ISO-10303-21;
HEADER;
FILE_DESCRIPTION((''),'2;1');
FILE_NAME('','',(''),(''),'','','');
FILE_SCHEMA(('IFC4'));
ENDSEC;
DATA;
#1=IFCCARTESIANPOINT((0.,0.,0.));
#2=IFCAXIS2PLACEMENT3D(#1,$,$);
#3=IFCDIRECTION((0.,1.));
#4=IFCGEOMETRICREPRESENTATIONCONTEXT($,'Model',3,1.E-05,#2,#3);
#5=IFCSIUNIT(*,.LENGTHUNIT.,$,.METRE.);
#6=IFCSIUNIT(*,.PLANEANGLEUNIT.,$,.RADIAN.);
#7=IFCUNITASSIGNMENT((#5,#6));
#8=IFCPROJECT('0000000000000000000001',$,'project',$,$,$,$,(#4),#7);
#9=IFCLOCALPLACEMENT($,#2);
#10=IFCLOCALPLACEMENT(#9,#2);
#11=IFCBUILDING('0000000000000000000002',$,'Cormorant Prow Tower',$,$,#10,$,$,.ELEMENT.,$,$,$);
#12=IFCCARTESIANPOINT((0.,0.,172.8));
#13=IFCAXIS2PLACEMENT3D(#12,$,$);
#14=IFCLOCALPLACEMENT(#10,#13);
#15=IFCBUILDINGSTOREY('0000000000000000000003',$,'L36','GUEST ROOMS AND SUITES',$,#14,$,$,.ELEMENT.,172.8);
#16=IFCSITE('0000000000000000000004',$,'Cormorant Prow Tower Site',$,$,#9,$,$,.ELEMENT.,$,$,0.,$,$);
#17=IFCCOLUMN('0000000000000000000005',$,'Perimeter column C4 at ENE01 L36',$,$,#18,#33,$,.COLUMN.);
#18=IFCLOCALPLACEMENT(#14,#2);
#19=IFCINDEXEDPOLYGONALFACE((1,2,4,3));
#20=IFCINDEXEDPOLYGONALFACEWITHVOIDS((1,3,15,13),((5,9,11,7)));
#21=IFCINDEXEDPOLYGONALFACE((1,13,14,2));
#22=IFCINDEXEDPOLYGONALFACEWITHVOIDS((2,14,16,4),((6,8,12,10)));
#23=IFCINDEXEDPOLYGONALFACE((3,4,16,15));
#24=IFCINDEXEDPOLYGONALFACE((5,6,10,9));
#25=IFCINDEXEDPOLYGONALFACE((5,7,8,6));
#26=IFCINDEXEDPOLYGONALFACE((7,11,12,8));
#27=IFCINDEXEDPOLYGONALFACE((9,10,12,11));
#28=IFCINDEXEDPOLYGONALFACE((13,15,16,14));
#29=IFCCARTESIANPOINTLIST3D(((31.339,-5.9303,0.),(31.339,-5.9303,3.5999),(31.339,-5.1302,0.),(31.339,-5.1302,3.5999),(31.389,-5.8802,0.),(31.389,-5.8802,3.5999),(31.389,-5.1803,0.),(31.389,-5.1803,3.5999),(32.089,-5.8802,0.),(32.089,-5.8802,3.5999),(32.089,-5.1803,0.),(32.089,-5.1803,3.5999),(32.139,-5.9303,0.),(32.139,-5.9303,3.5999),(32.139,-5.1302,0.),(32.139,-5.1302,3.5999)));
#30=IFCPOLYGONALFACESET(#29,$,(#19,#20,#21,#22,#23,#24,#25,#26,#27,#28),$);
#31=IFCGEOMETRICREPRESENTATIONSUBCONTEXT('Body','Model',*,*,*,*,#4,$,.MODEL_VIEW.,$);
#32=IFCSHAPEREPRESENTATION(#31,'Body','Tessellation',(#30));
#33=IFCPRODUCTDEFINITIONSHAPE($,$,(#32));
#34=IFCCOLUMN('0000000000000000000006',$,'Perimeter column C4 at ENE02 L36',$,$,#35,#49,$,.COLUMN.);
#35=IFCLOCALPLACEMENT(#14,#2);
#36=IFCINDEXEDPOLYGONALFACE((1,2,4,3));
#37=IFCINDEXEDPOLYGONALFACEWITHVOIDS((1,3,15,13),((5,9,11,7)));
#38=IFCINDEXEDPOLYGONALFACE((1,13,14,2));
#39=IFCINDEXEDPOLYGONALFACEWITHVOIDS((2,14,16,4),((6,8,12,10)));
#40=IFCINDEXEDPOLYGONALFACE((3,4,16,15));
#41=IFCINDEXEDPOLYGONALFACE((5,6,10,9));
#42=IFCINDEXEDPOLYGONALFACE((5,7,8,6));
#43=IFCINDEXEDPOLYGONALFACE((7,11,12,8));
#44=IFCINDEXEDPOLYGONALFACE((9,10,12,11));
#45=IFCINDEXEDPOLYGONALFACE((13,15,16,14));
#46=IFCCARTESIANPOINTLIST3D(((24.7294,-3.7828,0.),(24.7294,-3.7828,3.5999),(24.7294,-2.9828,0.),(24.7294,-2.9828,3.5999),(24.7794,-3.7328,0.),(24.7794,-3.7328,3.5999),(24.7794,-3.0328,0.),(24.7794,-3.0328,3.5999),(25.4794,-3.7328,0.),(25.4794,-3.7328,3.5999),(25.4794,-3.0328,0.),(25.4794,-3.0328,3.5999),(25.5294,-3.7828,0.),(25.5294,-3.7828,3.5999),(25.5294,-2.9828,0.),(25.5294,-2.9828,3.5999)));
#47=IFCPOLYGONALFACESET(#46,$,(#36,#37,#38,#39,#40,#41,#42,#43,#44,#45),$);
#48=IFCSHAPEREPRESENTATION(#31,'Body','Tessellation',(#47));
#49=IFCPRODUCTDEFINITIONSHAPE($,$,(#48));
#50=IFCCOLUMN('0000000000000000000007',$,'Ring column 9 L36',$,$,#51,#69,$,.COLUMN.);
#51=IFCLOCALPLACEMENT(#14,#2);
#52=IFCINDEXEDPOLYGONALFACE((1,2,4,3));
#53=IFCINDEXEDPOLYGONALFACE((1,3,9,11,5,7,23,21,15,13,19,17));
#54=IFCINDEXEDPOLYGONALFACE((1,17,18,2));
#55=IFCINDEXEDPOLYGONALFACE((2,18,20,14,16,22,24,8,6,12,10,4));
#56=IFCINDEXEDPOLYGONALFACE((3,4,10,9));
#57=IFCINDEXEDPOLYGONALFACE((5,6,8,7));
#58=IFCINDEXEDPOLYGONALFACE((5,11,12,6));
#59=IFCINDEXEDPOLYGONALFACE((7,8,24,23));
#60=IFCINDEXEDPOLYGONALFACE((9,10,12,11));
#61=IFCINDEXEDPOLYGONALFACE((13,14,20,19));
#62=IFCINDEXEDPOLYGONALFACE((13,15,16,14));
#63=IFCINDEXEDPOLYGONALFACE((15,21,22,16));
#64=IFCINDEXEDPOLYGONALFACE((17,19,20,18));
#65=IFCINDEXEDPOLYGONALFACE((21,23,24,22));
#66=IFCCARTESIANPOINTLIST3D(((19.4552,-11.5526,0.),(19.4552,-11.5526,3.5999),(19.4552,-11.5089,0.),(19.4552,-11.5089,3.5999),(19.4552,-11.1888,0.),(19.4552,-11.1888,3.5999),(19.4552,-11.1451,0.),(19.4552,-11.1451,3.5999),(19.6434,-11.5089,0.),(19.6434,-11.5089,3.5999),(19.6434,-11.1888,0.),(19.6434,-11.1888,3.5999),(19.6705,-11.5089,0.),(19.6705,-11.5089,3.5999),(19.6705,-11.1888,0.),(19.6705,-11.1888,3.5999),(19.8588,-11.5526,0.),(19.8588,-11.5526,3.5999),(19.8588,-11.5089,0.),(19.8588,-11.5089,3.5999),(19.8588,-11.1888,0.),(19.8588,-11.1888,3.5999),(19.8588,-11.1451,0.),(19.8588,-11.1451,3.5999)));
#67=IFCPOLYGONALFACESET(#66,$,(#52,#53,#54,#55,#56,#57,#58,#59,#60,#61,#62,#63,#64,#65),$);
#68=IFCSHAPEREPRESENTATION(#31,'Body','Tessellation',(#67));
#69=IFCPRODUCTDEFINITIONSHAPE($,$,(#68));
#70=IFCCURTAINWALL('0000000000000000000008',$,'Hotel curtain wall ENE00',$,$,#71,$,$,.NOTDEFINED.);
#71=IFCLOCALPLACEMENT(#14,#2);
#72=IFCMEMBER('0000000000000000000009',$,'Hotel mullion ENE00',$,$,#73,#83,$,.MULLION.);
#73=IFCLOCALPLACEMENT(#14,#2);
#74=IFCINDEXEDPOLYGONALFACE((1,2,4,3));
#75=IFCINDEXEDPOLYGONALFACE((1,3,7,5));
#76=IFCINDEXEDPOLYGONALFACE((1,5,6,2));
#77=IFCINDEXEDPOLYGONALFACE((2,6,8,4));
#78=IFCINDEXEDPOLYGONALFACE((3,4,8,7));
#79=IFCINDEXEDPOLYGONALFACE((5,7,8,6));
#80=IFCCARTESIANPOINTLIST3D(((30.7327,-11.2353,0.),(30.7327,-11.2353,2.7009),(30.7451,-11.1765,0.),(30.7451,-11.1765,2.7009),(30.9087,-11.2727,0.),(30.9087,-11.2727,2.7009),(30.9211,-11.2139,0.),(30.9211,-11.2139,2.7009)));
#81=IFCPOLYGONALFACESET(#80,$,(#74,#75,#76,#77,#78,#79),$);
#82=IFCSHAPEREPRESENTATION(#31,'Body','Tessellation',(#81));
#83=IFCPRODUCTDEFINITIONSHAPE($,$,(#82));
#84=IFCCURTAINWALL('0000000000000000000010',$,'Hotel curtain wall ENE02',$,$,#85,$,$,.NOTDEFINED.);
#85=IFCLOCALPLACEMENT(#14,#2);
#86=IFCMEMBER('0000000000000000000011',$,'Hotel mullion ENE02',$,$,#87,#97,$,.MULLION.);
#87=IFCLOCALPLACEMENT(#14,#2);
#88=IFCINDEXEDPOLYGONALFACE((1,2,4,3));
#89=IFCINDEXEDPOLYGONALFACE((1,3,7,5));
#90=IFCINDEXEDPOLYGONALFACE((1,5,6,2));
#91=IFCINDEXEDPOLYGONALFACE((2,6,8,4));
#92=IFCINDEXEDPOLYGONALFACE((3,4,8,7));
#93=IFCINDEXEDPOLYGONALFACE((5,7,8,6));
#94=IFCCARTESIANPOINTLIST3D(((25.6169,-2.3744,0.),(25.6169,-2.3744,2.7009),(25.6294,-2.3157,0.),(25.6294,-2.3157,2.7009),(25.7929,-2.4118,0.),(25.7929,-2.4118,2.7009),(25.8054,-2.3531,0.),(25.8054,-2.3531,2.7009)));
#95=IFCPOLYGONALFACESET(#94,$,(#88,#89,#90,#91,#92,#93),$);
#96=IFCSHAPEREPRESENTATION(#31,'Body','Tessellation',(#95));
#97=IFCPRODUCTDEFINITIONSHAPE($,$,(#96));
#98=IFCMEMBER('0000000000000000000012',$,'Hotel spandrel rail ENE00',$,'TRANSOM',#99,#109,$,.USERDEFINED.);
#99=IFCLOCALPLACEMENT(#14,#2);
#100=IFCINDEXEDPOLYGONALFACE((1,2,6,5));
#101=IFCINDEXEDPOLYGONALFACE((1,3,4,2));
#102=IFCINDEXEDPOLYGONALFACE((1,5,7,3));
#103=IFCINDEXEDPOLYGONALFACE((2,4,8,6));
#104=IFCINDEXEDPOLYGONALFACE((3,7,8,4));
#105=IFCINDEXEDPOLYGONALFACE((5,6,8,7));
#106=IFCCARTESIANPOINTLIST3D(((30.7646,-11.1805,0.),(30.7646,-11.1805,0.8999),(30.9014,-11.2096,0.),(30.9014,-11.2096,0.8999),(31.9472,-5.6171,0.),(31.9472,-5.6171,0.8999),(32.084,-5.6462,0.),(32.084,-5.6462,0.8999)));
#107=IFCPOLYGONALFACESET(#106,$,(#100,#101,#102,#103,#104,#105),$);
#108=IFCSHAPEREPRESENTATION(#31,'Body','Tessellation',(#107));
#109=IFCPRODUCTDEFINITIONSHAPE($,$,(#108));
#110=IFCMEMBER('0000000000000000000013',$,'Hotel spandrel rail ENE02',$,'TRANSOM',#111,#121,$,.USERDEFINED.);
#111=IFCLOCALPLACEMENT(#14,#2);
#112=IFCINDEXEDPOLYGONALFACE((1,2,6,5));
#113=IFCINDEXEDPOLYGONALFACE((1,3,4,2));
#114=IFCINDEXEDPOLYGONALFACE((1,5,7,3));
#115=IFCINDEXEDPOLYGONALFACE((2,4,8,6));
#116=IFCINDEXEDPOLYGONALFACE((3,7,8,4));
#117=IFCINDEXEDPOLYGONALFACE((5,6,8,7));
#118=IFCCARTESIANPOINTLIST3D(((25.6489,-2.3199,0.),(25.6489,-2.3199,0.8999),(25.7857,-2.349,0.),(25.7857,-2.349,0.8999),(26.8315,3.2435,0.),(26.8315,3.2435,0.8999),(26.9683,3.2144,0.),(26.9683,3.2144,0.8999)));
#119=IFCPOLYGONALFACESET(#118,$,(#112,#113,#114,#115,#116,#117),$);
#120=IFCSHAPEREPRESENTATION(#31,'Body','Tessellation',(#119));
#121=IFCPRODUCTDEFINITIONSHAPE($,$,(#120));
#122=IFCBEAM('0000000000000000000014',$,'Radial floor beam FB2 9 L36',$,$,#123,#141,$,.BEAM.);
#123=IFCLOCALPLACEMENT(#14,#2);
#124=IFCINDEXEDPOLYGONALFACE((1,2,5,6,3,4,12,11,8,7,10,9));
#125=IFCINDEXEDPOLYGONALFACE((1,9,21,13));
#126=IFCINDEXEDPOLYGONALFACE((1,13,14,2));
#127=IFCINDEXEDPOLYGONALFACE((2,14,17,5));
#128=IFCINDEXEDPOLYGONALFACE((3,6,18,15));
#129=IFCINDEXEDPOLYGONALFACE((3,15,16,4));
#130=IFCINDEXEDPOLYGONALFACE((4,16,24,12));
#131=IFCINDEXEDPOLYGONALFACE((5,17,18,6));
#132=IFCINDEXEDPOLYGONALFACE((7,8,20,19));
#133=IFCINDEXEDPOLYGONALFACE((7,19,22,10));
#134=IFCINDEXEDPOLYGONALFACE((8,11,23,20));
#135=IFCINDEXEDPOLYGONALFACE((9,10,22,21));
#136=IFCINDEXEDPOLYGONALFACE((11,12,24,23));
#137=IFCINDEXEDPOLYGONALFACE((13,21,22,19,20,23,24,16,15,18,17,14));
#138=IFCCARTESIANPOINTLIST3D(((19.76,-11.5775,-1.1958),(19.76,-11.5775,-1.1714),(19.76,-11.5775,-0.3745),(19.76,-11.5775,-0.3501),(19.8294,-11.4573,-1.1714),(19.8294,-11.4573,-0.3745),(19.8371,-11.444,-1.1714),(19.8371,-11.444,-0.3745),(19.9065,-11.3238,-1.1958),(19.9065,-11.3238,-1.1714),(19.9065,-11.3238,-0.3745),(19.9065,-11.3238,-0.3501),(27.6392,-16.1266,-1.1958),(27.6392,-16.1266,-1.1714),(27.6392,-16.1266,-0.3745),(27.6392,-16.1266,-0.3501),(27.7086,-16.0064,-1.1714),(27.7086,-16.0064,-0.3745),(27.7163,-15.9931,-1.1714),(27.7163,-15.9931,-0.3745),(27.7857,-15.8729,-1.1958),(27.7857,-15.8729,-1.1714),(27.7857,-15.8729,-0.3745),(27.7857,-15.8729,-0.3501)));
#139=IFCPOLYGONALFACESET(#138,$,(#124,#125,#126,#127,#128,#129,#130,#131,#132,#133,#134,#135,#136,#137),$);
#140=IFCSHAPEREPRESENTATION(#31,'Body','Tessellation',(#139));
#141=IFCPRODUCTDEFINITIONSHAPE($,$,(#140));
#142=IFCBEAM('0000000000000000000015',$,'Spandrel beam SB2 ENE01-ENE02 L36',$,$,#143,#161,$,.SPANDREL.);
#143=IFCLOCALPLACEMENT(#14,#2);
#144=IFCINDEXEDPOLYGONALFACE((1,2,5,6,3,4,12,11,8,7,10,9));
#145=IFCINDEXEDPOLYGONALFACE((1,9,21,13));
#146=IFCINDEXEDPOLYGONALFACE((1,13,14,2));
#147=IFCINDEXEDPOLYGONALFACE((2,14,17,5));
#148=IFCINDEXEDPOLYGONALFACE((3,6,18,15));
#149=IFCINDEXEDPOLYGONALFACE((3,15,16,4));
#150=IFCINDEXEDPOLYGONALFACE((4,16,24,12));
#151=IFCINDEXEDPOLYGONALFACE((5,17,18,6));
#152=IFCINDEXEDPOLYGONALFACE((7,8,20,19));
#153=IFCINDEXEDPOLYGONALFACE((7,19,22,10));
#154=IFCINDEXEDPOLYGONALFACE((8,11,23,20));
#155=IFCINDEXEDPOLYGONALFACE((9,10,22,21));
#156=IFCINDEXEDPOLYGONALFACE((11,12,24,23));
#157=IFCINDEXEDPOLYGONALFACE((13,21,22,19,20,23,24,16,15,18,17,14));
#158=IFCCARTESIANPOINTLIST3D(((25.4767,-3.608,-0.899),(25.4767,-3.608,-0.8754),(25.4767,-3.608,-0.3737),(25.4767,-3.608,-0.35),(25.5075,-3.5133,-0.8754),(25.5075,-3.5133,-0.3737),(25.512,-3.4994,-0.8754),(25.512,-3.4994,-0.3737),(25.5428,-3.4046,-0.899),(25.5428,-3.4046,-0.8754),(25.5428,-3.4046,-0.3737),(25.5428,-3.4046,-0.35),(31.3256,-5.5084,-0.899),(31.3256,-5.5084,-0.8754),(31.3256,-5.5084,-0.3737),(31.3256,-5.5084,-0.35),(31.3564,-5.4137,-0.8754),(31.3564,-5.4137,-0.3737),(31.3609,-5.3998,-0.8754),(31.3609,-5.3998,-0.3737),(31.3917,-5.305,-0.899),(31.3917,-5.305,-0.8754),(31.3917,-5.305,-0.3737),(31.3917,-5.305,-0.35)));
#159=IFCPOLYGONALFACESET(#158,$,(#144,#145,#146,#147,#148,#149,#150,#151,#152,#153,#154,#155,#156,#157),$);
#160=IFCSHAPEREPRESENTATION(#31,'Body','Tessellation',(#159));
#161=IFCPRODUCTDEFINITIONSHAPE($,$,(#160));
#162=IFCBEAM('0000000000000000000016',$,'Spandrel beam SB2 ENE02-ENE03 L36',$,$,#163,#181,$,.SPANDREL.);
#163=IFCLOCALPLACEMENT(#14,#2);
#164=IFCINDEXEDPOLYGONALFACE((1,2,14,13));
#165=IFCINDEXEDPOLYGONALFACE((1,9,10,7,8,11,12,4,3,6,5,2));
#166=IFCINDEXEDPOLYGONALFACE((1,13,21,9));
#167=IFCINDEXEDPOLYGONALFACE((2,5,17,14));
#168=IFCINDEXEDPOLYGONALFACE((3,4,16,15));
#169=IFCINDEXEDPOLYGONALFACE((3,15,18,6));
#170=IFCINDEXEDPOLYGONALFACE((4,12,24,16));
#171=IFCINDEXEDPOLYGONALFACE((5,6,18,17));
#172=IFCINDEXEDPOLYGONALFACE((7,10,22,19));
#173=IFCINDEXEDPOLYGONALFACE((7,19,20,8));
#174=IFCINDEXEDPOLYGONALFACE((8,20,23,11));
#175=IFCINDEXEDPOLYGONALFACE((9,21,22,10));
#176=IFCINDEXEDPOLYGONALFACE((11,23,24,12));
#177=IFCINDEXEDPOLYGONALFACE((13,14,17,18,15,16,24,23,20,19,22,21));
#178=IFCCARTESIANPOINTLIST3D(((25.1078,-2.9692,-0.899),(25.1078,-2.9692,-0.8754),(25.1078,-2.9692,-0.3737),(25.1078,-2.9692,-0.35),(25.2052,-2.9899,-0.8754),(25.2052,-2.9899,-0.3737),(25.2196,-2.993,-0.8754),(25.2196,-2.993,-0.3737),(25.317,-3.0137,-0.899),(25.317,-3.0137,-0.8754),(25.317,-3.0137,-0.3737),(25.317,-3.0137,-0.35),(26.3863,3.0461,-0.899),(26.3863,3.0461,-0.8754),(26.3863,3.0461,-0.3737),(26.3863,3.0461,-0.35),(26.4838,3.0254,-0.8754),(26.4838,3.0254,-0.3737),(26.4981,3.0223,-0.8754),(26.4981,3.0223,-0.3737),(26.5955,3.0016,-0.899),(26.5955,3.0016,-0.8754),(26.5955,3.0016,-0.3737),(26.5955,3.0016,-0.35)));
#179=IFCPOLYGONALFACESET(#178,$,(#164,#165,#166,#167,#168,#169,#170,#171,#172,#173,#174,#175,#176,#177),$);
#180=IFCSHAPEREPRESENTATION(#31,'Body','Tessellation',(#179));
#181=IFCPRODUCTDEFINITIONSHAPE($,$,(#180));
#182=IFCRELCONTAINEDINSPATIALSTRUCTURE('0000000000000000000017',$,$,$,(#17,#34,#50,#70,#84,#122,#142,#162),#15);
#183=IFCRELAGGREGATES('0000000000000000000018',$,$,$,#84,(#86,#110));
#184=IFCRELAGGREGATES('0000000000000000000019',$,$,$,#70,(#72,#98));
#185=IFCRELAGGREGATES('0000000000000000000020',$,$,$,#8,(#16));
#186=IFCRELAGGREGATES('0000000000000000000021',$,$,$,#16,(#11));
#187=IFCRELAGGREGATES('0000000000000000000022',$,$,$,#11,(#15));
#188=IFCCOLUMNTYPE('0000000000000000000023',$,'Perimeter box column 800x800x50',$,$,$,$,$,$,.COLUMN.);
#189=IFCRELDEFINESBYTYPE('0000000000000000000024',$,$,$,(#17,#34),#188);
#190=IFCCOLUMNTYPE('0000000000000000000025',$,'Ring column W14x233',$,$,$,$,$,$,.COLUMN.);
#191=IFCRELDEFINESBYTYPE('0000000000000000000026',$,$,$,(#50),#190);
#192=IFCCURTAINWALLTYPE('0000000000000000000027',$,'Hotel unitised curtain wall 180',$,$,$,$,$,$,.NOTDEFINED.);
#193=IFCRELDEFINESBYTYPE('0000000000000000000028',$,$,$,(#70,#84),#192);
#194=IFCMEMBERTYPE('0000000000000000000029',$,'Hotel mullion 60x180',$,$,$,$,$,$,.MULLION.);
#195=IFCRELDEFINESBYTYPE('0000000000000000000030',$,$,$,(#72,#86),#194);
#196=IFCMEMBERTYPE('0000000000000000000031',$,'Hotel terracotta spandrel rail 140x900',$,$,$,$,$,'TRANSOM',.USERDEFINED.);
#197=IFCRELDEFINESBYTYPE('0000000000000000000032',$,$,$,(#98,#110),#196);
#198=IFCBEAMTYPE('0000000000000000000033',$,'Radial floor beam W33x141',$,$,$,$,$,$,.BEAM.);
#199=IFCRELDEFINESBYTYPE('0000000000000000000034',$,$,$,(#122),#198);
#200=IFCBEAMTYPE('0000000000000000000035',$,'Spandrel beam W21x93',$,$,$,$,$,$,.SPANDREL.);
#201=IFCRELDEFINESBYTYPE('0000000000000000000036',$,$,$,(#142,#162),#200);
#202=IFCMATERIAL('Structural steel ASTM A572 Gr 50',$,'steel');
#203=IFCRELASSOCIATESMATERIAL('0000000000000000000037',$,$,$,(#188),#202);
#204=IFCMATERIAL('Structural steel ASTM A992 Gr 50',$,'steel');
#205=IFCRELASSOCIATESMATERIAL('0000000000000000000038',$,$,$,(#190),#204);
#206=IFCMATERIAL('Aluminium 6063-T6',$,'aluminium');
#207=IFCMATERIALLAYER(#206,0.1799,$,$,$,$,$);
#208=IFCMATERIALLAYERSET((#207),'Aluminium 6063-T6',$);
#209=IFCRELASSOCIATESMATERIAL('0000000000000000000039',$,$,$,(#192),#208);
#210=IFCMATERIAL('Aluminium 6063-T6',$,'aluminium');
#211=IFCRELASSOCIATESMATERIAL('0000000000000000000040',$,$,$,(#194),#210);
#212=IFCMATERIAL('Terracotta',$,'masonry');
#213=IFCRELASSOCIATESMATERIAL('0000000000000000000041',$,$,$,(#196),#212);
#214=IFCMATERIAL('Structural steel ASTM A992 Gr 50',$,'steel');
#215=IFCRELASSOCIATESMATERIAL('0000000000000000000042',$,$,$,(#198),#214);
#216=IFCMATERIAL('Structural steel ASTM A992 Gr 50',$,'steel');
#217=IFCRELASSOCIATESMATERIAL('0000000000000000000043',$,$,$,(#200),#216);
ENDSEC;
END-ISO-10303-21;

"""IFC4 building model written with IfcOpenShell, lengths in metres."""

from ifc_helpers import new_model, si_unit, direction, frame, origin, origin_2d, place, context, subcontext, project, spatial, rectangle, hollow_rectangle, i_section, extrude, material, layer, layer_set, material_profile, profile_set, type_object, element, aggregate, save


model = new_model("IFC4")

# Units and contexts
model_context = context("Model", 3, precision=1e-05, world=origin(), true_north=direction((0.0, 1.0)))
body_context = subcontext(model_context, "Body", "Model", "MODEL_VIEW")
ifc_project = project(units=[si_unit("LENGTHUNIT", "METRE"), si_unit("PLANEANGLEUNIT", "RADIAN")], contexts=[model_context])

# Site, building, storey
site_placement = place(None, origin())
site = spatial("IfcSite", under=ifc_project, at=site_placement, Name="Cormorant Prow Tower Site", CompositionType="ELEMENT", RefElevation=0.0)
building_placement = place(site_placement, origin())
building = spatial("IfcBuilding", under=site, at=building_placement, Name="Cormorant Prow Tower", CompositionType="ELEMENT")
storey_placement = place(building_placement, frame((0.0, 0.0, 172.8)))
storey = spatial("IfcBuildingStorey", under=building, at=storey_placement, Name="L36", Description="GUEST ROOMS AND SUITES", CompositionType="ELEMENT", Elevation=172.8)

# Columns
ifc_material_1 = material(Name="Structural steel ASTM A572 Gr 50", Category="steel")
ifc_material_profile_1 = material_profile(ifc_material_1, hollow_rectangle(XDim=0.8, YDim=0.8, WallThickness=0.05, at=origin_2d()), Name="Box 800x800x50")
ifc_profile_set_1 = profile_set([ifc_material_profile_1], Name="Structural steel ASTM A572 Gr 50")
column_type_1 = type_object("IfcColumnType", Name="Perimeter box column 800x800x50", PredefinedType="COLUMN", material=ifc_profile_set_1)
for number, where, z_axis, x_axis, name in (
    (1, (31.739, -5.5303, 0.0), (0.0, 0.0, 1.0), (1.0, 0.0, 0.0), "Perimeter column C4 at ENE01 L36"),
    (2, (25.1294, -3.3828, 0.0), (0.0, 0.0, 1.0), (1.0, 0.0, 0.0), "Perimeter column C4 at ENE02 L36"),
):
    element("IfcColumn", number, at=place(storey_placement, frame(where, z_axis=z_axis, x_axis=x_axis)), inside=storey, type_object=column_type_1, Name=name, PredefinedType="COLUMN", context=body_context, shape_type="SweptSolid", body=[
        extrude(hollow_rectangle(XDim=0.8, YDim=0.8, WallThickness=0.05, at=origin_2d()), origin(), (0.0, 0.0, 1.0), 3.5999),
    ])
ifc_material_2 = material(Name="Structural steel ASTM A992 Gr 50", Category="steel")
ifc_material_profile_2 = material_profile(ifc_material_2, i_section(OverallWidth=0.4036, OverallDepth=0.4075, WebThickness=0.0271, FlangeThickness=0.0437, at=origin_2d()), Name="W14x233")
ifc_profile_set_2 = profile_set([ifc_material_profile_2], Name="Structural steel ASTM A992 Gr 50")
column_type_2 = type_object("IfcColumnType", Name="Ring column W14x233", PredefinedType="COLUMN", material=ifc_profile_set_2)
column_placement = place(storey_placement, frame((19.657, -11.3489, 0.0), z_axis=(0.0, 0.0, 1.0), x_axis=(1.0, 0.0, 0.0)))
element("IfcColumn", 3, at=column_placement, inside=storey, type_object=column_type_2, Name="Ring column 9 L36", PredefinedType="COLUMN", context=body_context, shape_type="SweptSolid", body=[
    extrude(i_section(OverallWidth=0.4036, OverallDepth=0.4075, WebThickness=0.0271, FlangeThickness=0.0437, at=origin_2d()), origin(), (0.0, 0.0, 1.0), 3.5999),
])

# Curtain walls, members
ifc_material_3 = material(Name="Aluminium 6063-T6", Category="aluminium")
ifc_layer_1 = layer(ifc_material_3, 0.1799)
ifc_layer_set_1 = layer_set([ifc_layer_1], Name="Aluminium 6063-T6")
curtain_wall_type = type_object("IfcCurtainWallType", Name="Hotel unitised curtain wall 180", PredefinedType="NOTDEFINED", material=ifc_layer_set_1)
curtain_wall_1_placement = place(storey_placement, origin())
curtain_wall_1 = element("IfcCurtainWall", 4, at=curtain_wall_1_placement, inside=storey, type_object=curtain_wall_type, Name="Hotel curtain wall ENE00", PredefinedType="NOTDEFINED")
ifc_material_4 = material(Name="Aluminium 6063-T6", Category="aluminium")
ifc_material_profile_3 = material_profile(ifc_material_4, rectangle(XDim=0.1799, YDim=0.0601, at=origin_2d()), Name="Hotel mullion 60x180")
ifc_profile_set_3 = profile_set([ifc_material_profile_3], Name="Aluminium 6063-T6")
member_type_1 = type_object("IfcMemberType", Name="Hotel mullion 60x180", PredefinedType="MULLION", material=ifc_profile_set_3)
member_1_placement = place(storey_placement, frame((30.8269, -11.2246, 0.0), z_axis=(0.0, 0.0, 1.0), x_axis=(-0.978148, 0.207912, 0.0)))
member_1 = element("IfcMember", 5, at=member_1_placement, type_object=member_type_1, Name="Hotel mullion ENE00", PredefinedType="MULLION", context=body_context, shape_type="SweptSolid", body=[
    extrude(rectangle(XDim=0.1799, YDim=0.0601, at=origin_2d()), origin(), (0.0, 0.0, 1.0), 2.7009),
])
curtain_wall_2_placement = place(storey_placement, origin())
curtain_wall_2 = element("IfcCurtainWall", 6, at=curtain_wall_2_placement, inside=storey, type_object=curtain_wall_type, Name="Hotel curtain wall ENE02", PredefinedType="NOTDEFINED")
member_2_placement = place(storey_placement, frame((25.7112, -2.3638, 0.0), z_axis=(0.0, 0.0, 1.0), x_axis=(-0.978148, 0.207912, 0.0)))
member_2 = element("IfcMember", 7, at=member_2_placement, type_object=member_type_1, Name="Hotel mullion ENE02", PredefinedType="MULLION", context=body_context, shape_type="SweptSolid", body=[
    extrude(rectangle(XDim=0.1799, YDim=0.0601, at=origin_2d()), origin(), (0.0, 0.0, 1.0), 2.7009),
])

# Members
ifc_material_5 = material(Name="Terracotta", Category="masonry")
ifc_material_profile_4 = material_profile(ifc_material_5, rectangle(XDim=0.1399, YDim=0.8999, at=origin_2d()), Name="Hotel terracotta spandrel rail 140x900")
ifc_profile_set_4 = profile_set([ifc_material_profile_4], Name="Terracotta")
member_type_2 = type_object("IfcMemberType", Name="Hotel terracotta spandrel rail 140x900", ElementType="TRANSOM", PredefinedType="USERDEFINED", material=ifc_profile_set_4)
member_3_placement = place(storey_placement, frame((30.833, -11.1951, 0.45), z_axis=(0.207922, 0.978145, 0.0), x_axis=(-0.978145, 0.207922, 0.0)))
member_3 = element("IfcMember", 8, at=member_3_placement, type_object=member_type_2, Name="Hotel spandrel rail ENE00", ObjectType="TRANSOM", PredefinedType="USERDEFINED", context=body_context, shape_type="SweptSolid", body=[
    extrude(rectangle(XDim=0.1399, YDim=0.8999, at=origin_2d()), origin(), (0.0, 0.0, 1.0), 5.6877),
])
member_4_placement = place(storey_placement, frame((25.7173, -2.3345, 0.45), z_axis=(0.207922, 0.978145, 0.0), x_axis=(-0.978145, 0.207922, 0.0)))
member_4 = element("IfcMember", 9, at=member_4_placement, type_object=member_type_2, Name="Hotel spandrel rail ENE02", ObjectType="TRANSOM", PredefinedType="USERDEFINED", context=body_context, shape_type="SweptSolid", body=[
    extrude(rectangle(XDim=0.1399, YDim=0.8999, at=origin_2d()), origin(), (0.0, 0.0, 1.0), 5.6877),
])
aggregate(curtain_wall_2, [member_2, member_4])

# Beams
ifc_material_6 = material(Name="Structural steel ASTM A992 Gr 50", Category="steel")
ifc_material_profile_5 = material_profile(ifc_material_6, i_section(OverallWidth=0.293, OverallDepth=0.8457, WebThickness=0.0154, FlangeThickness=0.0244, at=origin_2d()), Name="W33x141")
ifc_profile_set_5 = profile_set([ifc_material_profile_5], Name="Structural steel ASTM A992 Gr 50")
beam_type_1 = type_object("IfcBeamType", Name="Radial floor beam W33x141", PredefinedType="BEAM", material=ifc_profile_set_5)
beam_1_placement = place(storey_placement, frame((19.8333, -11.4507, -0.7729), z_axis=(0.866023, -0.500004, 0.0), x_axis=(0.500004, 0.866023, 0.0)))
element("IfcBeam", 10, at=beam_1_placement, inside=storey, type_object=beam_type_1, Name="Radial floor beam FB2 9 L36", PredefinedType="BEAM", context=body_context, shape_type="SweptSolid", body=[
    extrude(i_section(OverallWidth=0.293, OverallDepth=0.8457, WebThickness=0.0154, FlangeThickness=0.0244, at=origin_2d()), origin(), (0.0, 0.0, 1.0), 9.0981),
])
ifc_material_7 = material(Name="Structural steel ASTM A992 Gr 50", Category="steel")
ifc_material_profile_6 = material_profile(ifc_material_7, i_section(OverallWidth=0.2139, OverallDepth=0.5491, WebThickness=0.0146, FlangeThickness=0.0237, at=origin_2d()), Name="W21x93")
ifc_profile_set_6 = profile_set([ifc_material_profile_6], Name="Structural steel ASTM A992 Gr 50")
beam_type_2 = type_object("IfcBeamType", Name="Spandrel beam W21x93", PredefinedType="SPANDREL", material=ifc_profile_set_6)
beam_2_placement = place(storey_placement, frame((31.3586, -5.4067, -0.6245), z_axis=(-0.951058, 0.309013, 0.0), x_axis=(-0.309013, -0.951058, 0.0)))
element("IfcBeam", 11, at=beam_2_placement, inside=storey, type_object=beam_type_2, Name="Spandrel beam SB2 ENE01-ENE02 L36", PredefinedType="SPANDREL", context=body_context, shape_type="SweptSolid", body=[
    extrude(i_section(OverallWidth=0.2139, OverallDepth=0.5491, WebThickness=0.0146, FlangeThickness=0.0237, at=origin_2d()), origin(), (0.0, 0.0, 1.0), 6.1499),
])
beam_3_placement = place(storey_placement, frame((25.2124, -2.9915, -0.6245), z_axis=(0.207905, 0.978149, 0.0), x_axis=(-0.978149, 0.207905, 0.0)))
element("IfcBeam", 12, at=beam_3_placement, inside=storey, type_object=beam_type_2, Name="Spandrel beam SB2 ENE02-ENE03 L36", PredefinedType="SPANDREL", context=body_context, shape_type="SweptSolid", body=[
    extrude(i_section(OverallWidth=0.2139, OverallDepth=0.5491, WebThickness=0.0146, FlangeThickness=0.0237, at=origin_2d()), origin(), (0.0, 0.0, 1.0), 6.1497),
])

aggregate(curtain_wall_1, [member_1, member_3])

save(model, "model.ifc")
